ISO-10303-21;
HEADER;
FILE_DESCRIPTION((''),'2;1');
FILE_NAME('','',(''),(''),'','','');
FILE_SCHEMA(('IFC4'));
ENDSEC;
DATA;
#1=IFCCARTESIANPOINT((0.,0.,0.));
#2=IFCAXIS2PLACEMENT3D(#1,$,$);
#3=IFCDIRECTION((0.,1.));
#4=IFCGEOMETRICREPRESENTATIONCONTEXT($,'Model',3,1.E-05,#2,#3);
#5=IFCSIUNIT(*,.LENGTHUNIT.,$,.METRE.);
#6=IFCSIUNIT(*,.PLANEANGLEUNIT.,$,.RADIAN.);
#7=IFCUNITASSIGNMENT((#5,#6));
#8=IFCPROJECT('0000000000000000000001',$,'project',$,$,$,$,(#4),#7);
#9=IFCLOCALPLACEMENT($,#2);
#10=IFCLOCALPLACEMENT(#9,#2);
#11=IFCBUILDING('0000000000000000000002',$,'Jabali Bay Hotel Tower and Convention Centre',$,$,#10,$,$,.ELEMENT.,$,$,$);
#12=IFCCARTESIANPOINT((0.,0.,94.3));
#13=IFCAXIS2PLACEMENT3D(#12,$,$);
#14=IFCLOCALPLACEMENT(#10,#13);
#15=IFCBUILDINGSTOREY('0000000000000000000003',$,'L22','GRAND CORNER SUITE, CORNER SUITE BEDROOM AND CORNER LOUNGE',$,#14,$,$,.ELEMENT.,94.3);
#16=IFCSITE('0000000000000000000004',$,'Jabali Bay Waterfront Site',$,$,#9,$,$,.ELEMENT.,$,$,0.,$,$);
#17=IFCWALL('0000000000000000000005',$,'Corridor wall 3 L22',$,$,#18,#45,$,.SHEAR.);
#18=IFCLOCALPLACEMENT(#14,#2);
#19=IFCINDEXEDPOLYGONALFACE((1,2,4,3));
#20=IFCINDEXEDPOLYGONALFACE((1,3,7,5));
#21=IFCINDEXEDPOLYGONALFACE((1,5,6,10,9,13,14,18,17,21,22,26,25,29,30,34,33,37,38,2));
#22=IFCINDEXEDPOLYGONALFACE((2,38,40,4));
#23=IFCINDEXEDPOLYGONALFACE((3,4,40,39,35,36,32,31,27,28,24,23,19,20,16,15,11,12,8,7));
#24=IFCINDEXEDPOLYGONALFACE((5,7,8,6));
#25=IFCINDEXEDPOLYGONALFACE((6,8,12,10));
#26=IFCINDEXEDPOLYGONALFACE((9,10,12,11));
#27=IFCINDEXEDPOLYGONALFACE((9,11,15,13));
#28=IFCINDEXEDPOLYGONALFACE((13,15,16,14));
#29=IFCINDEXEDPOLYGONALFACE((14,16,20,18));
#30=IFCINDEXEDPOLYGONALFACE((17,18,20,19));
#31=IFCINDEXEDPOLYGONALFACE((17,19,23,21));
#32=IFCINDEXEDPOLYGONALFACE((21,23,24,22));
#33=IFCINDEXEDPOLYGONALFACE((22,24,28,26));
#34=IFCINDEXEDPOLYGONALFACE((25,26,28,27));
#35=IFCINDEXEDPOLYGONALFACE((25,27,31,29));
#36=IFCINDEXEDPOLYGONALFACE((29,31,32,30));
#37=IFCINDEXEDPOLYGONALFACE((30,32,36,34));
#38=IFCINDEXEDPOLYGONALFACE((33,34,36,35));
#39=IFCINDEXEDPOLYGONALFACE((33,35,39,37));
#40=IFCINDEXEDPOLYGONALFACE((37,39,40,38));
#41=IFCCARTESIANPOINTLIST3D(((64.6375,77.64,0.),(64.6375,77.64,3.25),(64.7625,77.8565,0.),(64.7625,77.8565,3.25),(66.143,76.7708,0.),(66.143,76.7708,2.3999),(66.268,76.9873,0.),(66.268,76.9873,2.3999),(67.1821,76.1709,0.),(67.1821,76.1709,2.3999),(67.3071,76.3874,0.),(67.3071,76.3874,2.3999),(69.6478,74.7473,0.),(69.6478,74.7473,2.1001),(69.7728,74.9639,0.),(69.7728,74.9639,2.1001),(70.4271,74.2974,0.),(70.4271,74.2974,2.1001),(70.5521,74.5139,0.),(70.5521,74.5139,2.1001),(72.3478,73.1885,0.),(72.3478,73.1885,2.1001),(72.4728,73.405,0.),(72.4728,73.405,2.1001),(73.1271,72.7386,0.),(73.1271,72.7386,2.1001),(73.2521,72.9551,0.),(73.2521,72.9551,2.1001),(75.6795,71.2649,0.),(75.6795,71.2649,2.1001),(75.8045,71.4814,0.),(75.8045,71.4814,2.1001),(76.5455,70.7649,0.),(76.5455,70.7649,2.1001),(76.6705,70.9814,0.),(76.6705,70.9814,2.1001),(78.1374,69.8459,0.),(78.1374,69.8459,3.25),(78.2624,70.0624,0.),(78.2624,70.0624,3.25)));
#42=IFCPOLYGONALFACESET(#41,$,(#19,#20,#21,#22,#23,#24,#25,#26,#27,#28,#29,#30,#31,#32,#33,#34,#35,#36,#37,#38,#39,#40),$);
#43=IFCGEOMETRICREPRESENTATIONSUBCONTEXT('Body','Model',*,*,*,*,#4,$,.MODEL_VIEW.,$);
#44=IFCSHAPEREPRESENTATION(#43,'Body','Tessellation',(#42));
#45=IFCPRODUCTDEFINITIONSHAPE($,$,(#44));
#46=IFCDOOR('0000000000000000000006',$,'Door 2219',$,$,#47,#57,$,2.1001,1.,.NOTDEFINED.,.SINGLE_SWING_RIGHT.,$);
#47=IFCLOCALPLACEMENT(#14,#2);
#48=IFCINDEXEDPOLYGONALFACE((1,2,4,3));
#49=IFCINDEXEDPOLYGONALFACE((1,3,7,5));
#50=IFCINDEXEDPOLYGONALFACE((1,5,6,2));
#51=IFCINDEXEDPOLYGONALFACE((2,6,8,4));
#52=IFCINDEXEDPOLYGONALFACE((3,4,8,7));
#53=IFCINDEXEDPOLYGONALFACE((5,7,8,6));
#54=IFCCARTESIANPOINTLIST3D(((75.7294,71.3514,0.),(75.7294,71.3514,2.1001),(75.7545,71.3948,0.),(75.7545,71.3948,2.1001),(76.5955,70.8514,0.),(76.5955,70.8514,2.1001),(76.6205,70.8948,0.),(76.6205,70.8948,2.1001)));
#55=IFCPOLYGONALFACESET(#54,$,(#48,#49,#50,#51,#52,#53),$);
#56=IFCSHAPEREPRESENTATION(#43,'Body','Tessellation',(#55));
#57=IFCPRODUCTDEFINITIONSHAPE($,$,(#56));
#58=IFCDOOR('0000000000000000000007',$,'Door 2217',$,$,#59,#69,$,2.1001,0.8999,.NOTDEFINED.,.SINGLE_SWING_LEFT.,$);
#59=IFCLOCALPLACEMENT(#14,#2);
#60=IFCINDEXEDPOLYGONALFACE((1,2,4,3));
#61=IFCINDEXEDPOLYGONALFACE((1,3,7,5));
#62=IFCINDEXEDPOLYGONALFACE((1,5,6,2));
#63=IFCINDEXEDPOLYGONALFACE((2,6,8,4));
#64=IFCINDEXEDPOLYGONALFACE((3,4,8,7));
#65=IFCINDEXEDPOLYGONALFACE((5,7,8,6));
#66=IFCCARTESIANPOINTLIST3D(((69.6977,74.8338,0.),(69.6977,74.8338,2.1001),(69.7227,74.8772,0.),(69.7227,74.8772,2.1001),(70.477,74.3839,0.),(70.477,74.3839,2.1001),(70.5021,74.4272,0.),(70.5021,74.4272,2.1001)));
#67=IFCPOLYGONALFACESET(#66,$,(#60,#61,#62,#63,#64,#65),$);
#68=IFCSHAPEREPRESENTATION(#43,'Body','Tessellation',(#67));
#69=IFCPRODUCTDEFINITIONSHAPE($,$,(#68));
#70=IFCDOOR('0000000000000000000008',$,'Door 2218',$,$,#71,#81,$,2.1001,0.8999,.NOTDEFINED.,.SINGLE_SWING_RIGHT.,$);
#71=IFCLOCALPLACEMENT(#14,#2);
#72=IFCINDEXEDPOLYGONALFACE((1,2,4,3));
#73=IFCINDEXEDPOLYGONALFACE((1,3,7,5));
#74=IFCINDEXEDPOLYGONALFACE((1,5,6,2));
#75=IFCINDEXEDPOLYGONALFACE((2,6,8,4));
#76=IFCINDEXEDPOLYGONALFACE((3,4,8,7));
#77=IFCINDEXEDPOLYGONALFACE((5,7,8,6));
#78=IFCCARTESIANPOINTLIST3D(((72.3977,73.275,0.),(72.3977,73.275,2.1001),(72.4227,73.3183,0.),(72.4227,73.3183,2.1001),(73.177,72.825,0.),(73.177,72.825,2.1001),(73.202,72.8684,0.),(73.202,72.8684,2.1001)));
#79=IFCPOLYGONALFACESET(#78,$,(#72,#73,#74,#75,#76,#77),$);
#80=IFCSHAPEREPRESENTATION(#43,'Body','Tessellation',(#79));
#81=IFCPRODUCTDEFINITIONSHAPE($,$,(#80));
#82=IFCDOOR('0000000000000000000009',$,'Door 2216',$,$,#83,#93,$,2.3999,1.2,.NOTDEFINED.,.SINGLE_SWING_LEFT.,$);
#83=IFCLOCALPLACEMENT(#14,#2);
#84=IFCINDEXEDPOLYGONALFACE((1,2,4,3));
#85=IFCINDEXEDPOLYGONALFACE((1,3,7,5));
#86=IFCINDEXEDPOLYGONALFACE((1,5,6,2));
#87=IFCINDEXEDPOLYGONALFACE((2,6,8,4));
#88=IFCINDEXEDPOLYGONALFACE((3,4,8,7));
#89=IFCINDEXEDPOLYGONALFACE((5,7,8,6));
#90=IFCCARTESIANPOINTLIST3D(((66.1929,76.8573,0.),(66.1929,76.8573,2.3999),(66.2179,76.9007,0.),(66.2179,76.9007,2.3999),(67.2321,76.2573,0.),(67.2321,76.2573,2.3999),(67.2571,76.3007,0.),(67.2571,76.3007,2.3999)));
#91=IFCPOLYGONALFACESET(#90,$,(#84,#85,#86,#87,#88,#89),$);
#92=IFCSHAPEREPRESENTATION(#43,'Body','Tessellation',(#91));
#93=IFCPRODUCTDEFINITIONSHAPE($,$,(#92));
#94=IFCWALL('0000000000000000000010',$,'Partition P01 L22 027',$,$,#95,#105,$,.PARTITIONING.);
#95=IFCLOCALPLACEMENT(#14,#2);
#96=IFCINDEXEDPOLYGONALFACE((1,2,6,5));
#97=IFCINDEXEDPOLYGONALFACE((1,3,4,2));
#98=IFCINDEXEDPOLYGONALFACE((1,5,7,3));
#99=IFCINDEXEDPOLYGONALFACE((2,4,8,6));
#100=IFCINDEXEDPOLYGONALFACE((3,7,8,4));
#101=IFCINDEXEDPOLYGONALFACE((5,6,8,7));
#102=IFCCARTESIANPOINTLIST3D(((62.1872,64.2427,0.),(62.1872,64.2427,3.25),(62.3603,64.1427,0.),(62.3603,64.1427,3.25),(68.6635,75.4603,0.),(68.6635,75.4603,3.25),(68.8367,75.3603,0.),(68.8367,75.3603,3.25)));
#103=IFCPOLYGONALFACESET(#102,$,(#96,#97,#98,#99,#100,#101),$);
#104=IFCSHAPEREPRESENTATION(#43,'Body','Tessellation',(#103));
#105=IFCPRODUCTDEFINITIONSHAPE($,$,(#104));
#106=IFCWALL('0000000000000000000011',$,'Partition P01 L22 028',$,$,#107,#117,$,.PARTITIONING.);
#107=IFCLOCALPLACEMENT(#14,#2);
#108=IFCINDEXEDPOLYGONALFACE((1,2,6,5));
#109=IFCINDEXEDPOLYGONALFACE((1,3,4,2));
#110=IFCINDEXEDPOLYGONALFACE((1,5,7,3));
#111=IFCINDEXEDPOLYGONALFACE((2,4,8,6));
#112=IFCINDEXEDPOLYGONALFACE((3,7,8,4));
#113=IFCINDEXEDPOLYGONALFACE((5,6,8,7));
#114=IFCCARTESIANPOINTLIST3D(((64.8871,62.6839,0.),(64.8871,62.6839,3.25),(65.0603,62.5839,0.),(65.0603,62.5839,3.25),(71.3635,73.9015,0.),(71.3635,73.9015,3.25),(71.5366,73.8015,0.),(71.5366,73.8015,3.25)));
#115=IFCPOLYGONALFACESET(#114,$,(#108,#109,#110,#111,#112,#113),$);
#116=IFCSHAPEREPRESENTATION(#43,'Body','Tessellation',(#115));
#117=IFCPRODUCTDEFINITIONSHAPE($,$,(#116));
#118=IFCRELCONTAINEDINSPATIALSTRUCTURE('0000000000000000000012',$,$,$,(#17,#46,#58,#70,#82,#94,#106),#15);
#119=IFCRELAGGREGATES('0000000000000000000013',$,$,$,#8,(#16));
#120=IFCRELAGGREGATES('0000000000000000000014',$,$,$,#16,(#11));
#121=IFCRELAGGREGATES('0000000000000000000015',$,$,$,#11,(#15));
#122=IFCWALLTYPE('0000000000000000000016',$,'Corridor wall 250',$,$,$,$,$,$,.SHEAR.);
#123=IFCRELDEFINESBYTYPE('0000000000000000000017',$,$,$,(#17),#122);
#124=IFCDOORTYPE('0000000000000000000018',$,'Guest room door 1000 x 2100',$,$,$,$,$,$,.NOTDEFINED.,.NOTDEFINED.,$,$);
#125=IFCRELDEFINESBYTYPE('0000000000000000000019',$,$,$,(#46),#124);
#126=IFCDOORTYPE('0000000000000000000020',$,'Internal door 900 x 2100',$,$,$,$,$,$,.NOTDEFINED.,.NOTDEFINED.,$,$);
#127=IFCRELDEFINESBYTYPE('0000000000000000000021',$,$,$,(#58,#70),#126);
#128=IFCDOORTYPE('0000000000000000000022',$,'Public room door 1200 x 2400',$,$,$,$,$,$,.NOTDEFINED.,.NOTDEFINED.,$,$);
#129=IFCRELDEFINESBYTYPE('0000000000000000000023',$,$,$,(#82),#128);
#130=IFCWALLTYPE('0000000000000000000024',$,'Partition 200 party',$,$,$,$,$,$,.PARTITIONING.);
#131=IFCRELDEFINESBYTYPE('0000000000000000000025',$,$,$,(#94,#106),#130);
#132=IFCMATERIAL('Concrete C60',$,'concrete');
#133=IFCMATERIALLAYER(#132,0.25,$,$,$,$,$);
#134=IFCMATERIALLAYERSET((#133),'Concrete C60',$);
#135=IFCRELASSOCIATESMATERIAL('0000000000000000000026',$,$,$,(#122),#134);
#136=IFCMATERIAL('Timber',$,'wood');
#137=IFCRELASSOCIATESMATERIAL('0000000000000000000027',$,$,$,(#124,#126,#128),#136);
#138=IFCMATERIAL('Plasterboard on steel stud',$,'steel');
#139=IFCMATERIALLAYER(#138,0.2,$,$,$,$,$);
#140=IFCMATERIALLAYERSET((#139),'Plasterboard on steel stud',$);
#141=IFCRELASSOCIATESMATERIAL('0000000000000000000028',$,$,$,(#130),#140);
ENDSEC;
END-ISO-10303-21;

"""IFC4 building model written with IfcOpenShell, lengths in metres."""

from ifc_helpers import new_model, si_unit, direction, frame, frame_2d, origin, place, context, subcontext, project, spatial, rectangle, extrude, material, layer, layer_set, type_object, element, fill, save


model = new_model("IFC4")

# Units and contexts
model_context = context("Model", 3, precision=1e-05, world=origin(), true_north=direction((0.0, 1.0)))
body_context = subcontext(model_context, "Body", "Model", "MODEL_VIEW")
ifc_project = project(units=[si_unit("LENGTHUNIT", "METRE"), si_unit("PLANEANGLEUNIT", "RADIAN")], contexts=[model_context])

# Site, building, storey
site_placement = place(None, origin())
site = spatial("IfcSite", under=ifc_project, at=site_placement, Name="Jabali Bay Waterfront Site", CompositionType="ELEMENT", RefElevation=0.0)
building_placement = place(site_placement, origin())
building = spatial("IfcBuilding", under=site, at=building_placement, Name="Jabali Bay Hotel Tower and Convention Centre", CompositionType="ELEMENT")
storey_placement = place(building_placement, frame((0.0, 0.0, 94.3)))
storey = spatial("IfcBuildingStorey", under=building, at=storey_placement, Name="L22", Description="GRAND CORNER SUITE, CORNER SUITE BEDROOM AND CORNER LOUNGE", CompositionType="ELEMENT", Elevation=94.3)

# Shared definitions
ifc_material_1 = material(Name="Concrete C60", Category="concrete")

# Wall, openings, doors
ifc_layer_1 = layer(ifc_material_1, 0.25)
ifc_layer_set_1 = layer_set([ifc_layer_1], Name="Concrete C60")
wall_type_1 = type_object("IfcWallType", Name="Corridor wall 250", PredefinedType="SHEAR", material=ifc_layer_set_1)
wall_1_placement = place(storey_placement, frame((64.7, 77.7483, 0.0), z_axis=(0.0, 0.0, 1.0), x_axis=(0.866026, -0.499998, 0.0)))
wall_1 = element("IfcWall", 1, at=wall_1_placement, inside=storey, type_object=wall_type_1, Name="Corridor wall 3 L22", PredefinedType="SHEAR", context=body_context, shape_type="SweptSolid", body=[
    extrude(rectangle(XDim=15.5884, YDim=0.25, at=frame_2d((7.7942, 0.0))), origin(), (0.0, 0.0, 1.0), 3.25),
])
opening_1_placement = place(wall_1_placement, frame((1.7383, 0.0, 0.0)))
opening_1 = element("IfcOpeningElement", 2, at=opening_1_placement, cuts=wall_1, PredefinedType="OPENING", context=body_context, shape_type="SweptSolid", body=[
    extrude(rectangle(XDim=1.2, YDim=2.3999, at=frame_2d((0.6001, 1.2))), frame((0.0, 0.1355, 0.0), z_axis=(0.0, -1.0, 0.0), x_axis=(1.0, 0.0, 0.0)), (0.0, 0.0, 1.0), 0.271),
])
opening_2_placement = place(wall_1_placement, frame((5.7854, 0.0, 0.0)))
opening_2 = element("IfcOpeningElement", 3, at=opening_2_placement, cuts=wall_1, PredefinedType="OPENING", context=body_context, shape_type="SweptSolid", body=[
    extrude(rectangle(XDim=0.8999, YDim=2.1001, at=frame_2d((0.45, 1.05))), frame((0.0, 0.1355, 0.0), z_axis=(0.0, -1.0, 0.0), x_axis=(1.0, 0.0, 0.0)), (0.0, 0.0, 1.0), 0.271),
])
opening_3_placement = place(wall_1_placement, frame((8.9031, 0.0, 0.0)))
opening_3 = element("IfcOpeningElement", 4, at=opening_3_placement, cuts=wall_1, PredefinedType="OPENING", context=body_context, shape_type="SweptSolid", body=[
    extrude(rectangle(XDim=0.8999, YDim=2.1001, at=frame_2d((0.45, 1.05))), frame((0.0, 0.1355, 0.0), z_axis=(0.0, -1.0, 0.0), x_axis=(1.0, 0.0, 0.0)), (0.0, 0.0, 1.0), 0.271),
])
opening_4_placement = place(wall_1_placement, frame((12.7502, 0.0, 0.0)))
opening_4 = element("IfcOpeningElement", 5, at=opening_4_placement, cuts=wall_1, PredefinedType="OPENING", context=body_context, shape_type="SweptSolid", body=[
    extrude(rectangle(XDim=1.0, YDim=2.1001, at=frame_2d((0.5, 1.05))), frame((0.0, 0.1355, 0.0), z_axis=(0.0, -1.0, 0.0), x_axis=(1.0, 0.0, 0.0)), (0.0, 0.0, 1.0), 0.271),
])
ifc_material_2 = material(Name="Timber", Category="wood")
door_type_1 = type_object("IfcDoorType", Name="Guest room door 1000 x 2100", OperationType="NOTDEFINED", PredefinedType="NOTDEFINED", material=ifc_material_2)
door_1_placement = place(opening_4_placement, origin())
door_1 = element("IfcDoor", 6, at=door_1_placement, inside=storey, type_object=door_type_1, Name="Door 2219", OperationType="SINGLE_SWING_RIGHT", OverallHeight=2.1001, OverallWidth=1.0, PredefinedType="NOTDEFINED", context=body_context, shape_type="SweptSolid", body=[
    extrude(rectangle(XDim=1.0, YDim=2.1001, at=frame_2d((0.5, 1.05))), frame((0.0, 0.0249, 0.0), z_axis=(0.0, -1.0, 0.0), x_axis=(1.0, 0.0, 0.0)), (0.0, 0.0, 1.0), 0.05),
])
fill(opening_4, door_1)
door_type_2 = type_object("IfcDoorType", Name="Internal door 900 x 2100", OperationType="NOTDEFINED", PredefinedType="NOTDEFINED", material=ifc_material_2)
door_2_placement = place(opening_2_placement, origin())
door_2 = element("IfcDoor", 7, at=door_2_placement, inside=storey, type_object=door_type_2, Name="Door 2217", OperationType="SINGLE_SWING_LEFT", OverallHeight=2.1001, OverallWidth=0.8999, PredefinedType="NOTDEFINED", context=body_context, shape_type="SweptSolid", body=[
    extrude(rectangle(XDim=0.8999, YDim=2.1001, at=frame_2d((0.45, 1.05))), frame((0.0, 0.0249, 0.0), z_axis=(0.0, -1.0, 0.0), x_axis=(1.0, 0.0, 0.0)), (0.0, 0.0, 1.0), 0.05),
])
fill(opening_2, door_2)
door_3_placement = place(opening_3_placement, origin())
door_3 = element("IfcDoor", 8, at=door_3_placement, inside=storey, type_object=door_type_2, Name="Door 2218", OperationType="SINGLE_SWING_RIGHT", OverallHeight=2.1001, OverallWidth=0.8999, PredefinedType="NOTDEFINED", context=body_context, shape_type="SweptSolid", body=[
    extrude(rectangle(XDim=0.8999, YDim=2.1001, at=frame_2d((0.45, 1.05))), frame((0.0, 0.0249, 0.0), z_axis=(0.0, -1.0, 0.0), x_axis=(1.0, 0.0, 0.0)), (0.0, 0.0, 1.0), 0.05),
])
fill(opening_3, door_3)
door_type_3 = type_object("IfcDoorType", Name="Public room door 1200 x 2400", OperationType="NOTDEFINED", PredefinedType="NOTDEFINED", material=ifc_material_2)
door_4_placement = place(opening_1_placement, origin())
door_4 = element("IfcDoor", 9, at=door_4_placement, inside=storey, type_object=door_type_3, Name="Door 2216", OperationType="SINGLE_SWING_LEFT", OverallHeight=2.3999, OverallWidth=1.2, PredefinedType="NOTDEFINED", context=body_context, shape_type="SweptSolid", body=[
    extrude(rectangle(XDim=1.2, YDim=2.3999, at=frame_2d((0.6001, 1.2))), frame((0.0, 0.0249, 0.0), z_axis=(0.0, -1.0, 0.0), x_axis=(1.0, 0.0, 0.0)), (0.0, 0.0, 1.0), 0.05),
])
fill(opening_1, door_4)

# Walls
ifc_material_3 = material(Name="Plasterboard on steel stud", Category="steel")
ifc_layer_2 = layer(ifc_material_3, 0.2)
ifc_layer_set_2 = layer_set([ifc_layer_2], Name="Plasterboard on steel stud")
wall_type_2 = type_object("IfcWallType", Name="Partition 200 party", PredefinedType="PARTITIONING", material=ifc_layer_set_2)
for number, where, z_axis, x_axis, name in (
    (10, (62.2737, 64.1926, 0.0), (0.0, 0.0, 1.0), (0.499993, 0.86603, 0.0), "Partition P01 L22 027"),
    (11, (64.9736, 62.6338, 0.0), (0.0, 0.0, 1.0), (0.499993, 0.86603, 0.0), "Partition P01 L22 028"),
):
    element("IfcWall", number, at=place(storey_placement, frame(where, z_axis=z_axis, x_axis=x_axis)), inside=storey, type_object=wall_type_2, Name=name, PredefinedType="PARTITIONING", context=body_context, shape_type="SweptSolid", body=[
        extrude(rectangle(XDim=12.9529, YDim=0.2, at=frame_2d((6.4766, 0.0))), origin(), (0.0, 0.0, 1.0), 3.25),
    ])

save(model, "model.ifc")
